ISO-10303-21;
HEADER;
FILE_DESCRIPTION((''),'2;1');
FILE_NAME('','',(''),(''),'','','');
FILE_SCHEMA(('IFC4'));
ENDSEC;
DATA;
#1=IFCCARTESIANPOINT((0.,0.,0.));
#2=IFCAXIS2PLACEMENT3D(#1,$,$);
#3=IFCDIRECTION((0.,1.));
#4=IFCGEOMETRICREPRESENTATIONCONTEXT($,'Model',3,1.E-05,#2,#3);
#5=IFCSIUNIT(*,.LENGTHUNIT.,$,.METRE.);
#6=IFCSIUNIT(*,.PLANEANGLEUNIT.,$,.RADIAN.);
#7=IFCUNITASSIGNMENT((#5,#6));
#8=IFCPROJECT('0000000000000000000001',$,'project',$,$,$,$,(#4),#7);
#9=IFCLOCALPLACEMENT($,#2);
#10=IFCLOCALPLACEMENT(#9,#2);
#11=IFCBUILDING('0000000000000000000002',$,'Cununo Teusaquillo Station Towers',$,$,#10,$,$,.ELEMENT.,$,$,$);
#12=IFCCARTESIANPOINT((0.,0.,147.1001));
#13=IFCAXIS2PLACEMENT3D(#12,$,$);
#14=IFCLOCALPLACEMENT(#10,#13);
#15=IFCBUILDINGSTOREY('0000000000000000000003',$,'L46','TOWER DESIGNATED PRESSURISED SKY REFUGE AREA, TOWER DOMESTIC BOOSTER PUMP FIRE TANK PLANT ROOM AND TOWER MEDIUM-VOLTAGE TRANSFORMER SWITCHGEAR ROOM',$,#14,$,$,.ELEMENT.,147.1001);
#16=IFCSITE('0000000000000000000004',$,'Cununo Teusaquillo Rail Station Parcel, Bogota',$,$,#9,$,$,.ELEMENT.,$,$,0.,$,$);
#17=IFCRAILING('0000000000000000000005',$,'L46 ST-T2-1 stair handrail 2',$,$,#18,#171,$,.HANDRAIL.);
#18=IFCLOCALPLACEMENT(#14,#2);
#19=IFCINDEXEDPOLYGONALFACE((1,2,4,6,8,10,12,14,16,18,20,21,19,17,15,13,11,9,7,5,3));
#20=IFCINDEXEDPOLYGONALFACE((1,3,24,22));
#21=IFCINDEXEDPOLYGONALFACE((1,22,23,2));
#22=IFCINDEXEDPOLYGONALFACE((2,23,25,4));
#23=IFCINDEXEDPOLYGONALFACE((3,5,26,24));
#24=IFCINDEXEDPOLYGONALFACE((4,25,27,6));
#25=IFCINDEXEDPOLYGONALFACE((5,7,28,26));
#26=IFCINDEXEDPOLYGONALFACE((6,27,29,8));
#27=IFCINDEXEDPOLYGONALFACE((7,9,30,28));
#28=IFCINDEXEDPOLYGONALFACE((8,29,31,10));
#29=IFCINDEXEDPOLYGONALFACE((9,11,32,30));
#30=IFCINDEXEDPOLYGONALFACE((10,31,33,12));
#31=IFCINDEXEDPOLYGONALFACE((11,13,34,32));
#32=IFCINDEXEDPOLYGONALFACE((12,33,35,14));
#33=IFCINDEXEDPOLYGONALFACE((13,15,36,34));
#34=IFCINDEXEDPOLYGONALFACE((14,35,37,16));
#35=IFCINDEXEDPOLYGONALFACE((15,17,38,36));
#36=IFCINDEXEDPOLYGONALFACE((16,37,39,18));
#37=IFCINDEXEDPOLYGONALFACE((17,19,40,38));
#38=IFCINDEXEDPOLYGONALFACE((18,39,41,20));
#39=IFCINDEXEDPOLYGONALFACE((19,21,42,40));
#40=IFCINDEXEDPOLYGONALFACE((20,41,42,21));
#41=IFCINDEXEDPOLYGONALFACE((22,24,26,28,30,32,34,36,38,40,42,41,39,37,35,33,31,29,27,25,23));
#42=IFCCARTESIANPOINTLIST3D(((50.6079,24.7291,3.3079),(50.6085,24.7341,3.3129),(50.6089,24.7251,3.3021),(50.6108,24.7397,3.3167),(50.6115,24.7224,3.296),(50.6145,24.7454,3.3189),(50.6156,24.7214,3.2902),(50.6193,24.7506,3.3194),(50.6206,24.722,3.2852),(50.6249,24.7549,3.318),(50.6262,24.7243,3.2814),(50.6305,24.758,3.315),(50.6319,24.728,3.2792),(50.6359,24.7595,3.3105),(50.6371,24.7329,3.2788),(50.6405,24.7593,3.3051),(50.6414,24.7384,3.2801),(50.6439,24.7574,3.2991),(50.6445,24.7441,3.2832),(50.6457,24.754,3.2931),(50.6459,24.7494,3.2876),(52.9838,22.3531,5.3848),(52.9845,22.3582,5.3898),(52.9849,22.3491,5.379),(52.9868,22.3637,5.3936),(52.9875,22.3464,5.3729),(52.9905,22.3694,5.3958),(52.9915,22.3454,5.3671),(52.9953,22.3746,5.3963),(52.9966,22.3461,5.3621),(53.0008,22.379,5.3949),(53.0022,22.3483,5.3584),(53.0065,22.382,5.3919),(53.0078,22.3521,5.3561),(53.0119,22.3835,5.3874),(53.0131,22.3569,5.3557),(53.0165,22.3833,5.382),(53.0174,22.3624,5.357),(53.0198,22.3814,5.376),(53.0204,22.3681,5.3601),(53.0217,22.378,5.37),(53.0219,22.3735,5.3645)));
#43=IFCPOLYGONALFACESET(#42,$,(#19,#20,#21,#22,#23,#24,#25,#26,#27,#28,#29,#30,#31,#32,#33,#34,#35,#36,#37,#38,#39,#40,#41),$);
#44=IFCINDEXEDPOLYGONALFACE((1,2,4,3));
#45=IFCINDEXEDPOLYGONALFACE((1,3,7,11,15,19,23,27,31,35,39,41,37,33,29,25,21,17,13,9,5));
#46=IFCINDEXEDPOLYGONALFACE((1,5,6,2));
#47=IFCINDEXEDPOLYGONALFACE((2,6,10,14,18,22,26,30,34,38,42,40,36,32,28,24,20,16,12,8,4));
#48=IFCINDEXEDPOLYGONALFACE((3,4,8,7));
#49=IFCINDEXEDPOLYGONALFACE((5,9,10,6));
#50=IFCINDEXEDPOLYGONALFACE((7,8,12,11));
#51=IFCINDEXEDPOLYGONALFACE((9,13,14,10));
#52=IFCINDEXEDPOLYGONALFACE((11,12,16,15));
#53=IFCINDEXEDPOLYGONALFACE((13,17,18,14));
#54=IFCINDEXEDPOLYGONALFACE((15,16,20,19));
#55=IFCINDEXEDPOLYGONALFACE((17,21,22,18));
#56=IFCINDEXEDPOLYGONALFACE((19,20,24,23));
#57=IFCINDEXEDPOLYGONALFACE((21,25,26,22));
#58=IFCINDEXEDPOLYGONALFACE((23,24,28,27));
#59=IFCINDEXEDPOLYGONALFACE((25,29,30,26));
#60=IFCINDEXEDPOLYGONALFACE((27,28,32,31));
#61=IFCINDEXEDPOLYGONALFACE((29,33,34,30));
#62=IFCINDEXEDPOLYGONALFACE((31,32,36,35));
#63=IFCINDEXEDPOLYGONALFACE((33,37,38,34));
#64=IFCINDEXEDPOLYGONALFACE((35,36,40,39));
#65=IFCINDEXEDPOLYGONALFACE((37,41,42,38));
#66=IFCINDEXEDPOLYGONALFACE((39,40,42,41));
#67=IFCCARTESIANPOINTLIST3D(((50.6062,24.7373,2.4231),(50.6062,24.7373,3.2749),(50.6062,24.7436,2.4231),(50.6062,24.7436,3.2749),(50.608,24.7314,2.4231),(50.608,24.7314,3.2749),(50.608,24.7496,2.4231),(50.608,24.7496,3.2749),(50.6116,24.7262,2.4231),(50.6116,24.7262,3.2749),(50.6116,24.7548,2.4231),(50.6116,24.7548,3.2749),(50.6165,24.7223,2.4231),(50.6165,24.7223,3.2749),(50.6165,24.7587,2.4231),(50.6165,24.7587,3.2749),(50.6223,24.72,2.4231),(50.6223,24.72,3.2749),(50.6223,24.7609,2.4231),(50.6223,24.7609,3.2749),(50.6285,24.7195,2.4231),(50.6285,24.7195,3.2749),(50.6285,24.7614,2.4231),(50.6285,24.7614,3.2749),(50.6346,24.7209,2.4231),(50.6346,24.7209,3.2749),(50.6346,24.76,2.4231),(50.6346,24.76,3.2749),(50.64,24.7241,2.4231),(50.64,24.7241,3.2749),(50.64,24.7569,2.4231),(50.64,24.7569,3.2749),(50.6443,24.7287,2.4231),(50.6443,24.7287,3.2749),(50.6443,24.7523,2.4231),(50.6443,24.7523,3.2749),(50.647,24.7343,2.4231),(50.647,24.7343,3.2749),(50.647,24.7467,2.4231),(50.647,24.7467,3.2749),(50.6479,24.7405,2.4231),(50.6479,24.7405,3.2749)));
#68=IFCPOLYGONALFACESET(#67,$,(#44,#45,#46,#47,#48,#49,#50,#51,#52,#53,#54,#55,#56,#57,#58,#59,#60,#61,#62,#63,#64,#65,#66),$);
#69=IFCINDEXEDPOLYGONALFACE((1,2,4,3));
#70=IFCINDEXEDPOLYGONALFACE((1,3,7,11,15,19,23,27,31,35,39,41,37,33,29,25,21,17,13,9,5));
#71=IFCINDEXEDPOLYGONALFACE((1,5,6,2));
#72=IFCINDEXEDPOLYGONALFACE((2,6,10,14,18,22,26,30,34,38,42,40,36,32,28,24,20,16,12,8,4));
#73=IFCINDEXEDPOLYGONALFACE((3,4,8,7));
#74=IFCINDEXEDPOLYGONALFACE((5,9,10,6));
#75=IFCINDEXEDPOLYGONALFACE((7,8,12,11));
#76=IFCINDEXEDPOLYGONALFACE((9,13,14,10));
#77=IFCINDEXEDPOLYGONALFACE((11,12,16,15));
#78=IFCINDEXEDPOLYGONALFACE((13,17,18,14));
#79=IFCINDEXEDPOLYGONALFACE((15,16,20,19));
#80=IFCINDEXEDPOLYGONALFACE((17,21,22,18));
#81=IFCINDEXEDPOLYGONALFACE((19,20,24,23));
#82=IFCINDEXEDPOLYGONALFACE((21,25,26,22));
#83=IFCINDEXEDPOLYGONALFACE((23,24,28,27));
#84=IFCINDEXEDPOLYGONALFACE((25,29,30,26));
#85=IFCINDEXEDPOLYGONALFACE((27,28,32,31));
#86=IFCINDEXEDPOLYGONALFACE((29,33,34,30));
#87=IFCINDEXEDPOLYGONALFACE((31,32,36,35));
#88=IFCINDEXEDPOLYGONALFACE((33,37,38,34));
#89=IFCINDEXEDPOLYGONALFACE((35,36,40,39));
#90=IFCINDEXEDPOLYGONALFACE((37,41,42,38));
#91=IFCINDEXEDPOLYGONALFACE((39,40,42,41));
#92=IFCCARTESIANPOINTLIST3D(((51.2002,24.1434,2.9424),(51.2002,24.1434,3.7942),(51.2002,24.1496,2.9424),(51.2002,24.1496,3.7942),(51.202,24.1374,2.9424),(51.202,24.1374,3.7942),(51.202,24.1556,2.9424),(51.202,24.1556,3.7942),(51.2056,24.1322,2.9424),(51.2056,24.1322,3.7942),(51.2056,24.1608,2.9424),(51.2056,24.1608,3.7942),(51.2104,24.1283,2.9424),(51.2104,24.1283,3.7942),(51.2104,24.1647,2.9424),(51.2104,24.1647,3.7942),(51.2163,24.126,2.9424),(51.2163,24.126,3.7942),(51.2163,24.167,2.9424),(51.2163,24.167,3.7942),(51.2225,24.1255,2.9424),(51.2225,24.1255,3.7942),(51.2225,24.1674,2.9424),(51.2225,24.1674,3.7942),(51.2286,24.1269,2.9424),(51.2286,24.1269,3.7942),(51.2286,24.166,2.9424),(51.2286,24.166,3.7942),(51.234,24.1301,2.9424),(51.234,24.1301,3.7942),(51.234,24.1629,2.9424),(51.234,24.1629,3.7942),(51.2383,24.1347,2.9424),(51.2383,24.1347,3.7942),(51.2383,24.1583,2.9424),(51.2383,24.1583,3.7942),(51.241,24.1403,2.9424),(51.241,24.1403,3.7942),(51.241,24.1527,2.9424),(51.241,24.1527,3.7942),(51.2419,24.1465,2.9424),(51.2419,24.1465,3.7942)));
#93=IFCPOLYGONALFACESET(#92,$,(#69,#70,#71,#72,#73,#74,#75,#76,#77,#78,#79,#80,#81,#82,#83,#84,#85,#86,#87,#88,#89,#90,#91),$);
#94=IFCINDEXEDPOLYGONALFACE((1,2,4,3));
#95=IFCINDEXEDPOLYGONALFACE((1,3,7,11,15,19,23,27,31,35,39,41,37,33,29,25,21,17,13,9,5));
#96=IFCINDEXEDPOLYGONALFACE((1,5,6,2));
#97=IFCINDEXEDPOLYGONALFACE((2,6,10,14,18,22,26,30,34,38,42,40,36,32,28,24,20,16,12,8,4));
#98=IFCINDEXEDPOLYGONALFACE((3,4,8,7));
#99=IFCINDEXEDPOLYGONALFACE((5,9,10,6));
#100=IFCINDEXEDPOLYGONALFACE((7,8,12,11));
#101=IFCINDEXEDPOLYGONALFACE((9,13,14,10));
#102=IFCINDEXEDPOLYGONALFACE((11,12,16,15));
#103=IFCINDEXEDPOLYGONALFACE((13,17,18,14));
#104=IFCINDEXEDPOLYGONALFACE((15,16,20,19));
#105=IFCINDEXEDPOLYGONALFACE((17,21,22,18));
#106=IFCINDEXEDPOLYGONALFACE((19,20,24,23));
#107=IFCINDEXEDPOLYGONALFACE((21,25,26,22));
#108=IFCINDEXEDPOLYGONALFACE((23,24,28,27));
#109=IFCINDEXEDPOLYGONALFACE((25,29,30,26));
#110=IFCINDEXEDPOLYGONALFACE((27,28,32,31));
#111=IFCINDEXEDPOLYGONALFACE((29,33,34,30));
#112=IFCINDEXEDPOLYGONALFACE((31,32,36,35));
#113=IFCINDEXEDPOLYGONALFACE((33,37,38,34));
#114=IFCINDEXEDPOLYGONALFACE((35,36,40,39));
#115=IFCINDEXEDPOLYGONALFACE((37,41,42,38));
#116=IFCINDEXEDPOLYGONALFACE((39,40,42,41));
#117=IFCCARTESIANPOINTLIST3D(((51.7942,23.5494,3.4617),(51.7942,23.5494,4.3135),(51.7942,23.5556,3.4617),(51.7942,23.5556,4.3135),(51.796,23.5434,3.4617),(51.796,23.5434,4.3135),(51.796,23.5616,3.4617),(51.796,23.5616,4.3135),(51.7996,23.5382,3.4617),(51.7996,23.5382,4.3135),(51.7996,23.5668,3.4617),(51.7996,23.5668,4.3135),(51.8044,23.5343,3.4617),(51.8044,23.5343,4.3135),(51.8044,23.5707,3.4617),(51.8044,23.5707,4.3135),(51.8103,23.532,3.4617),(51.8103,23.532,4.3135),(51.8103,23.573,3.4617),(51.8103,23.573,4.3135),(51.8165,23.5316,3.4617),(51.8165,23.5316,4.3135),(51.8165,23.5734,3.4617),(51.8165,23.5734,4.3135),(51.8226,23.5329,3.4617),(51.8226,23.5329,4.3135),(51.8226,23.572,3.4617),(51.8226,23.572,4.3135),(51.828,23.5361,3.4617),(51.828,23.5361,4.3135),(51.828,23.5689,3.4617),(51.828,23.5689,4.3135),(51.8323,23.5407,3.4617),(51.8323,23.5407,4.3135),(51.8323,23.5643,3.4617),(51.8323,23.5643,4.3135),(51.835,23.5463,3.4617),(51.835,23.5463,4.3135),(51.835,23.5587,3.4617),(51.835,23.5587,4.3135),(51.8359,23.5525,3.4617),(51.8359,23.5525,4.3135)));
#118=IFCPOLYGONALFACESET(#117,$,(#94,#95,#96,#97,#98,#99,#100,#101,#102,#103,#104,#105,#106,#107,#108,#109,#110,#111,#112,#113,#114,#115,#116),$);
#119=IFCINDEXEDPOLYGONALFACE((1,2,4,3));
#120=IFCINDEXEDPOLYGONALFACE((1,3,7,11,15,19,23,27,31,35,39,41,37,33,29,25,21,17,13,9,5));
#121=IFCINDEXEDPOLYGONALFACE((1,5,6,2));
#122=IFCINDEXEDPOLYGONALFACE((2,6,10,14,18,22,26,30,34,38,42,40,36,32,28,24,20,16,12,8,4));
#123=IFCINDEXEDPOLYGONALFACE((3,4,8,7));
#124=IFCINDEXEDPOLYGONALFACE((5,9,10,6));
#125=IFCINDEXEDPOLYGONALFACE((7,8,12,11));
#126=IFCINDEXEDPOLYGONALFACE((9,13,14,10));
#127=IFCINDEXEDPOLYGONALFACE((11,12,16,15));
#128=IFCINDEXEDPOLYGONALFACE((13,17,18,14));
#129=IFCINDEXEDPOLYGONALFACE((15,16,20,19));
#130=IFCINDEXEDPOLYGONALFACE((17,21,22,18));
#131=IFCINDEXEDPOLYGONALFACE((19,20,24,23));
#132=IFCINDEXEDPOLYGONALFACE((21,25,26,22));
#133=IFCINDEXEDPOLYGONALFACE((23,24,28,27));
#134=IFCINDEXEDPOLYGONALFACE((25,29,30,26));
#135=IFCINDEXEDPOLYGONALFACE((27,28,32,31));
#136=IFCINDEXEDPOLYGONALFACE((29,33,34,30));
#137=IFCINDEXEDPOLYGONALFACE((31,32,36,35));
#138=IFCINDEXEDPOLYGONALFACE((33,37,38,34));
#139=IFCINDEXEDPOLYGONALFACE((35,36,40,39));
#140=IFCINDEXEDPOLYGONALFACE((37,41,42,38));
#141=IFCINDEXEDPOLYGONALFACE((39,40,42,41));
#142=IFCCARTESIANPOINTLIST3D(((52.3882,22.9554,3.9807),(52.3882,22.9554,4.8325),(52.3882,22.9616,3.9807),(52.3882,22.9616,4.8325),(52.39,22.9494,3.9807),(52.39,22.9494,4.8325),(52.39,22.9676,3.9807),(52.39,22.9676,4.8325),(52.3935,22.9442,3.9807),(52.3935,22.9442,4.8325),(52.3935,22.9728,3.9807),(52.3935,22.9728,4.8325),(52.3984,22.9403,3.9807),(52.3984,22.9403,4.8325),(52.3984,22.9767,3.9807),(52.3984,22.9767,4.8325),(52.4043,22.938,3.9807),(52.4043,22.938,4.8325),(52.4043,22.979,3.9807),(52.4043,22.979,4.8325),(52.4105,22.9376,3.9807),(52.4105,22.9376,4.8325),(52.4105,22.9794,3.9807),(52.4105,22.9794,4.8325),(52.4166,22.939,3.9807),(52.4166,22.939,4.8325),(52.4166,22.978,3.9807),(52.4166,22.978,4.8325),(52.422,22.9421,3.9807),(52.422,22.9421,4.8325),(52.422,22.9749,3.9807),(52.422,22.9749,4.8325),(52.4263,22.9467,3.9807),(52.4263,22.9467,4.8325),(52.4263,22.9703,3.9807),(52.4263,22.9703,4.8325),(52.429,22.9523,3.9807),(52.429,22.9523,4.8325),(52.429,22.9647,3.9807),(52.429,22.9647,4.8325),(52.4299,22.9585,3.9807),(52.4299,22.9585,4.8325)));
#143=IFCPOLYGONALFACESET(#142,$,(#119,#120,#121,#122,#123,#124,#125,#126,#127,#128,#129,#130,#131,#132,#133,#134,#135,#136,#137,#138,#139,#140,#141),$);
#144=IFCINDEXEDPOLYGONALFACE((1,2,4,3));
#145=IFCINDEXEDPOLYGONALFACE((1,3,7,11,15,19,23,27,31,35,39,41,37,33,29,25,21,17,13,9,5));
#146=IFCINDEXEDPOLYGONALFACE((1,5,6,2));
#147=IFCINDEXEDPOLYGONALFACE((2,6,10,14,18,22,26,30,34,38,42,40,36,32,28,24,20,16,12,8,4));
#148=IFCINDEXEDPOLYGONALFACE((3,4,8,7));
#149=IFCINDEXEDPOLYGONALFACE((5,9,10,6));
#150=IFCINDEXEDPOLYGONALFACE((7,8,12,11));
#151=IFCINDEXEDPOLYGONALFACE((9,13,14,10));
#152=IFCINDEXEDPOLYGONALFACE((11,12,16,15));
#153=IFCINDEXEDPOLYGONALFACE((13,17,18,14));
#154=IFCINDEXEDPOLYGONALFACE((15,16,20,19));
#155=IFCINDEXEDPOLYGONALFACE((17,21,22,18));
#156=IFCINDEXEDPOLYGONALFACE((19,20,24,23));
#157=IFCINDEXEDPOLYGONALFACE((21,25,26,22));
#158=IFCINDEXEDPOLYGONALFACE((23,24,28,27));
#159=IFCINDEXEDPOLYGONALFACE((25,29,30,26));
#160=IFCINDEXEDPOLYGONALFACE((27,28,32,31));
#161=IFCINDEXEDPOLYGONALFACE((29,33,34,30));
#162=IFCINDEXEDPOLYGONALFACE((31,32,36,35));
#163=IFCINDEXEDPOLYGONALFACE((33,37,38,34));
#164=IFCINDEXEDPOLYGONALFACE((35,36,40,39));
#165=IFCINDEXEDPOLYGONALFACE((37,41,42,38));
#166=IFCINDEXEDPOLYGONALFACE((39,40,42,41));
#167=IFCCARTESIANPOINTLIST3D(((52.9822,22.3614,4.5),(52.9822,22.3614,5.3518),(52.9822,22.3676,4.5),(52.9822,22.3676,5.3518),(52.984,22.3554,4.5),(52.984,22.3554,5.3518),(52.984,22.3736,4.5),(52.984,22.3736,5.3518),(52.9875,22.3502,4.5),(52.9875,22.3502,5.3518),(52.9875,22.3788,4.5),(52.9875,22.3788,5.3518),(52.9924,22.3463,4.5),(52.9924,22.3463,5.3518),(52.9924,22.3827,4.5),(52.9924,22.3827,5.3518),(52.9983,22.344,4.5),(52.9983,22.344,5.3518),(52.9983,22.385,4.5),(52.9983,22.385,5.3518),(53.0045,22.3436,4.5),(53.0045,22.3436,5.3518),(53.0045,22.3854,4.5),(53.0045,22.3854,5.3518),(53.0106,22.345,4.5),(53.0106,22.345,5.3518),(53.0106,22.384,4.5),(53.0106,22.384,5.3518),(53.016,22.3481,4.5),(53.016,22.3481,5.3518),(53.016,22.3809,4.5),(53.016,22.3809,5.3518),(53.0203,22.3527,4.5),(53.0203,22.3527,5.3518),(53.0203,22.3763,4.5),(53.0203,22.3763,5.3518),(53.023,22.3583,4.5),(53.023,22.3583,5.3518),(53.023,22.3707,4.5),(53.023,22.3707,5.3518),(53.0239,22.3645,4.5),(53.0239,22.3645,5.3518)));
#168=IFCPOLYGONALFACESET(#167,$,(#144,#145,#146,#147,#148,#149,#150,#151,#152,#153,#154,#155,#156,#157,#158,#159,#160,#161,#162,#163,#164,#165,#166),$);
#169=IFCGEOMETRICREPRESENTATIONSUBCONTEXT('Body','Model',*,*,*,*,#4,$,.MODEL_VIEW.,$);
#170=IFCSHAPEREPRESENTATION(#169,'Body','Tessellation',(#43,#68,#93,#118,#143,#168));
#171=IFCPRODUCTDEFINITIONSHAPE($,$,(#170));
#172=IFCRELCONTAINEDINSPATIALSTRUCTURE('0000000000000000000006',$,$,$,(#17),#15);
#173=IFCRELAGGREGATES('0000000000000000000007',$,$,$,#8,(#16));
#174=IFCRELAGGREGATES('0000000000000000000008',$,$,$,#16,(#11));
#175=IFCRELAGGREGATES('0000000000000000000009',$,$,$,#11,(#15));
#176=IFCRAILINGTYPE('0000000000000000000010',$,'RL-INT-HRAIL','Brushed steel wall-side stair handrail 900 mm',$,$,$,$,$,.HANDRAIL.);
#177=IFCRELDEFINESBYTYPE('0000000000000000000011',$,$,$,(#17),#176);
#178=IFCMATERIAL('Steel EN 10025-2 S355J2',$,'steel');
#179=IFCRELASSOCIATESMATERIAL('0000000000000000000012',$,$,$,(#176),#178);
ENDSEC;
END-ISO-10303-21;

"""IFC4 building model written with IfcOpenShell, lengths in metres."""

from ifc_helpers import new_model, si_unit, direction, frame, origin, origin_2d, place, context, subcontext, project, spatial, circle, extrude, material, type_object, element, save


model = new_model("IFC4")

# Units and contexts
model_context = context("Model", 3, precision=1e-05, world=origin(), true_north=direction((0.0, 1.0)))
body_context = subcontext(model_context, "Body", "Model", "MODEL_VIEW")
ifc_project = project(units=[si_unit("LENGTHUNIT", "METRE"), si_unit("PLANEANGLEUNIT", "RADIAN")], contexts=[model_context])

# Site, building, storey
site_placement = place(None, origin())
site = spatial("IfcSite", under=ifc_project, at=site_placement, Name="Cununo Teusaquillo Rail Station Parcel, Bogota", CompositionType="ELEMENT", RefElevation=0.0)
building_placement = place(site_placement, origin())
building = spatial("IfcBuilding", under=site, at=building_placement, Name="Cununo Teusaquillo Station Towers", CompositionType="ELEMENT")
storey_placement = place(building_placement, frame((0.0, 0.0, 147.1001)))
storey = spatial("IfcBuildingStorey", under=building, at=storey_placement, Name="L46", Description="TOWER DESIGNATED PRESSURISED SKY REFUGE AREA, TOWER DOMESTIC BOOSTER PUMP FIRE TANK PLANT ROOM AND TOWER MEDIUM-VOLTAGE TRANSFORMER SWITCHGEAR ROOM", CompositionType="ELEMENT", Elevation=147.1001)

# Railing
ifc_material_1 = material(Name="Steel EN 10025-2 S355J2", Category="steel")
railing_type_1 = type_object("IfcRailingType", Name="RL-INT-HRAIL", Description="Brushed steel wall-side stair handrail 900 mm", PredefinedType="HANDRAIL", material=ifc_material_1)
railing_1_placement = place(storey_placement, frame((50.627, 24.7405, 2.4231)))
element("IfcRailing", 1, at=railing_1_placement, inside=storey, type_object=railing_type_1, Name="L46 ST-T2-1 stair handrail 2", PredefinedType="HANDRAIL", context=body_context, shape_type="SweptSolid", body=[
    extrude(circle(Radius=0.0239, at=origin_2d()), frame((0.0, 0.0, 0.876), z_axis=(0.601483, -0.601483, 0.525772), x_axis=(0.707107, 0.707107, 0.0)), (0.0, 0.0, 1.0), 3.9502),
    extrude(circle(Radius=0.021, at=origin_2d()), origin(), (0.0, 0.0, 1.0), 0.8518),
    extrude(circle(Radius=0.021, at=origin_2d()), frame((0.594, -0.594, 0.5193)), (0.0, 0.0, 1.0), 0.8518),
    extrude(circle(Radius=0.021, at=origin_2d()), frame((1.188, -1.188, 1.0386)), (0.0, 0.0, 1.0), 0.8518),
    extrude(circle(Radius=0.021, at=origin_2d()), frame((1.782, -1.782, 1.5576)), (0.0, 0.0, 1.0), 0.8518),
    extrude(circle(Radius=0.021, at=origin_2d()), frame((2.376, -2.376, 2.0769)), (0.0, 0.0, 1.0), 0.8518),
])

save(model, "model.ifc")
